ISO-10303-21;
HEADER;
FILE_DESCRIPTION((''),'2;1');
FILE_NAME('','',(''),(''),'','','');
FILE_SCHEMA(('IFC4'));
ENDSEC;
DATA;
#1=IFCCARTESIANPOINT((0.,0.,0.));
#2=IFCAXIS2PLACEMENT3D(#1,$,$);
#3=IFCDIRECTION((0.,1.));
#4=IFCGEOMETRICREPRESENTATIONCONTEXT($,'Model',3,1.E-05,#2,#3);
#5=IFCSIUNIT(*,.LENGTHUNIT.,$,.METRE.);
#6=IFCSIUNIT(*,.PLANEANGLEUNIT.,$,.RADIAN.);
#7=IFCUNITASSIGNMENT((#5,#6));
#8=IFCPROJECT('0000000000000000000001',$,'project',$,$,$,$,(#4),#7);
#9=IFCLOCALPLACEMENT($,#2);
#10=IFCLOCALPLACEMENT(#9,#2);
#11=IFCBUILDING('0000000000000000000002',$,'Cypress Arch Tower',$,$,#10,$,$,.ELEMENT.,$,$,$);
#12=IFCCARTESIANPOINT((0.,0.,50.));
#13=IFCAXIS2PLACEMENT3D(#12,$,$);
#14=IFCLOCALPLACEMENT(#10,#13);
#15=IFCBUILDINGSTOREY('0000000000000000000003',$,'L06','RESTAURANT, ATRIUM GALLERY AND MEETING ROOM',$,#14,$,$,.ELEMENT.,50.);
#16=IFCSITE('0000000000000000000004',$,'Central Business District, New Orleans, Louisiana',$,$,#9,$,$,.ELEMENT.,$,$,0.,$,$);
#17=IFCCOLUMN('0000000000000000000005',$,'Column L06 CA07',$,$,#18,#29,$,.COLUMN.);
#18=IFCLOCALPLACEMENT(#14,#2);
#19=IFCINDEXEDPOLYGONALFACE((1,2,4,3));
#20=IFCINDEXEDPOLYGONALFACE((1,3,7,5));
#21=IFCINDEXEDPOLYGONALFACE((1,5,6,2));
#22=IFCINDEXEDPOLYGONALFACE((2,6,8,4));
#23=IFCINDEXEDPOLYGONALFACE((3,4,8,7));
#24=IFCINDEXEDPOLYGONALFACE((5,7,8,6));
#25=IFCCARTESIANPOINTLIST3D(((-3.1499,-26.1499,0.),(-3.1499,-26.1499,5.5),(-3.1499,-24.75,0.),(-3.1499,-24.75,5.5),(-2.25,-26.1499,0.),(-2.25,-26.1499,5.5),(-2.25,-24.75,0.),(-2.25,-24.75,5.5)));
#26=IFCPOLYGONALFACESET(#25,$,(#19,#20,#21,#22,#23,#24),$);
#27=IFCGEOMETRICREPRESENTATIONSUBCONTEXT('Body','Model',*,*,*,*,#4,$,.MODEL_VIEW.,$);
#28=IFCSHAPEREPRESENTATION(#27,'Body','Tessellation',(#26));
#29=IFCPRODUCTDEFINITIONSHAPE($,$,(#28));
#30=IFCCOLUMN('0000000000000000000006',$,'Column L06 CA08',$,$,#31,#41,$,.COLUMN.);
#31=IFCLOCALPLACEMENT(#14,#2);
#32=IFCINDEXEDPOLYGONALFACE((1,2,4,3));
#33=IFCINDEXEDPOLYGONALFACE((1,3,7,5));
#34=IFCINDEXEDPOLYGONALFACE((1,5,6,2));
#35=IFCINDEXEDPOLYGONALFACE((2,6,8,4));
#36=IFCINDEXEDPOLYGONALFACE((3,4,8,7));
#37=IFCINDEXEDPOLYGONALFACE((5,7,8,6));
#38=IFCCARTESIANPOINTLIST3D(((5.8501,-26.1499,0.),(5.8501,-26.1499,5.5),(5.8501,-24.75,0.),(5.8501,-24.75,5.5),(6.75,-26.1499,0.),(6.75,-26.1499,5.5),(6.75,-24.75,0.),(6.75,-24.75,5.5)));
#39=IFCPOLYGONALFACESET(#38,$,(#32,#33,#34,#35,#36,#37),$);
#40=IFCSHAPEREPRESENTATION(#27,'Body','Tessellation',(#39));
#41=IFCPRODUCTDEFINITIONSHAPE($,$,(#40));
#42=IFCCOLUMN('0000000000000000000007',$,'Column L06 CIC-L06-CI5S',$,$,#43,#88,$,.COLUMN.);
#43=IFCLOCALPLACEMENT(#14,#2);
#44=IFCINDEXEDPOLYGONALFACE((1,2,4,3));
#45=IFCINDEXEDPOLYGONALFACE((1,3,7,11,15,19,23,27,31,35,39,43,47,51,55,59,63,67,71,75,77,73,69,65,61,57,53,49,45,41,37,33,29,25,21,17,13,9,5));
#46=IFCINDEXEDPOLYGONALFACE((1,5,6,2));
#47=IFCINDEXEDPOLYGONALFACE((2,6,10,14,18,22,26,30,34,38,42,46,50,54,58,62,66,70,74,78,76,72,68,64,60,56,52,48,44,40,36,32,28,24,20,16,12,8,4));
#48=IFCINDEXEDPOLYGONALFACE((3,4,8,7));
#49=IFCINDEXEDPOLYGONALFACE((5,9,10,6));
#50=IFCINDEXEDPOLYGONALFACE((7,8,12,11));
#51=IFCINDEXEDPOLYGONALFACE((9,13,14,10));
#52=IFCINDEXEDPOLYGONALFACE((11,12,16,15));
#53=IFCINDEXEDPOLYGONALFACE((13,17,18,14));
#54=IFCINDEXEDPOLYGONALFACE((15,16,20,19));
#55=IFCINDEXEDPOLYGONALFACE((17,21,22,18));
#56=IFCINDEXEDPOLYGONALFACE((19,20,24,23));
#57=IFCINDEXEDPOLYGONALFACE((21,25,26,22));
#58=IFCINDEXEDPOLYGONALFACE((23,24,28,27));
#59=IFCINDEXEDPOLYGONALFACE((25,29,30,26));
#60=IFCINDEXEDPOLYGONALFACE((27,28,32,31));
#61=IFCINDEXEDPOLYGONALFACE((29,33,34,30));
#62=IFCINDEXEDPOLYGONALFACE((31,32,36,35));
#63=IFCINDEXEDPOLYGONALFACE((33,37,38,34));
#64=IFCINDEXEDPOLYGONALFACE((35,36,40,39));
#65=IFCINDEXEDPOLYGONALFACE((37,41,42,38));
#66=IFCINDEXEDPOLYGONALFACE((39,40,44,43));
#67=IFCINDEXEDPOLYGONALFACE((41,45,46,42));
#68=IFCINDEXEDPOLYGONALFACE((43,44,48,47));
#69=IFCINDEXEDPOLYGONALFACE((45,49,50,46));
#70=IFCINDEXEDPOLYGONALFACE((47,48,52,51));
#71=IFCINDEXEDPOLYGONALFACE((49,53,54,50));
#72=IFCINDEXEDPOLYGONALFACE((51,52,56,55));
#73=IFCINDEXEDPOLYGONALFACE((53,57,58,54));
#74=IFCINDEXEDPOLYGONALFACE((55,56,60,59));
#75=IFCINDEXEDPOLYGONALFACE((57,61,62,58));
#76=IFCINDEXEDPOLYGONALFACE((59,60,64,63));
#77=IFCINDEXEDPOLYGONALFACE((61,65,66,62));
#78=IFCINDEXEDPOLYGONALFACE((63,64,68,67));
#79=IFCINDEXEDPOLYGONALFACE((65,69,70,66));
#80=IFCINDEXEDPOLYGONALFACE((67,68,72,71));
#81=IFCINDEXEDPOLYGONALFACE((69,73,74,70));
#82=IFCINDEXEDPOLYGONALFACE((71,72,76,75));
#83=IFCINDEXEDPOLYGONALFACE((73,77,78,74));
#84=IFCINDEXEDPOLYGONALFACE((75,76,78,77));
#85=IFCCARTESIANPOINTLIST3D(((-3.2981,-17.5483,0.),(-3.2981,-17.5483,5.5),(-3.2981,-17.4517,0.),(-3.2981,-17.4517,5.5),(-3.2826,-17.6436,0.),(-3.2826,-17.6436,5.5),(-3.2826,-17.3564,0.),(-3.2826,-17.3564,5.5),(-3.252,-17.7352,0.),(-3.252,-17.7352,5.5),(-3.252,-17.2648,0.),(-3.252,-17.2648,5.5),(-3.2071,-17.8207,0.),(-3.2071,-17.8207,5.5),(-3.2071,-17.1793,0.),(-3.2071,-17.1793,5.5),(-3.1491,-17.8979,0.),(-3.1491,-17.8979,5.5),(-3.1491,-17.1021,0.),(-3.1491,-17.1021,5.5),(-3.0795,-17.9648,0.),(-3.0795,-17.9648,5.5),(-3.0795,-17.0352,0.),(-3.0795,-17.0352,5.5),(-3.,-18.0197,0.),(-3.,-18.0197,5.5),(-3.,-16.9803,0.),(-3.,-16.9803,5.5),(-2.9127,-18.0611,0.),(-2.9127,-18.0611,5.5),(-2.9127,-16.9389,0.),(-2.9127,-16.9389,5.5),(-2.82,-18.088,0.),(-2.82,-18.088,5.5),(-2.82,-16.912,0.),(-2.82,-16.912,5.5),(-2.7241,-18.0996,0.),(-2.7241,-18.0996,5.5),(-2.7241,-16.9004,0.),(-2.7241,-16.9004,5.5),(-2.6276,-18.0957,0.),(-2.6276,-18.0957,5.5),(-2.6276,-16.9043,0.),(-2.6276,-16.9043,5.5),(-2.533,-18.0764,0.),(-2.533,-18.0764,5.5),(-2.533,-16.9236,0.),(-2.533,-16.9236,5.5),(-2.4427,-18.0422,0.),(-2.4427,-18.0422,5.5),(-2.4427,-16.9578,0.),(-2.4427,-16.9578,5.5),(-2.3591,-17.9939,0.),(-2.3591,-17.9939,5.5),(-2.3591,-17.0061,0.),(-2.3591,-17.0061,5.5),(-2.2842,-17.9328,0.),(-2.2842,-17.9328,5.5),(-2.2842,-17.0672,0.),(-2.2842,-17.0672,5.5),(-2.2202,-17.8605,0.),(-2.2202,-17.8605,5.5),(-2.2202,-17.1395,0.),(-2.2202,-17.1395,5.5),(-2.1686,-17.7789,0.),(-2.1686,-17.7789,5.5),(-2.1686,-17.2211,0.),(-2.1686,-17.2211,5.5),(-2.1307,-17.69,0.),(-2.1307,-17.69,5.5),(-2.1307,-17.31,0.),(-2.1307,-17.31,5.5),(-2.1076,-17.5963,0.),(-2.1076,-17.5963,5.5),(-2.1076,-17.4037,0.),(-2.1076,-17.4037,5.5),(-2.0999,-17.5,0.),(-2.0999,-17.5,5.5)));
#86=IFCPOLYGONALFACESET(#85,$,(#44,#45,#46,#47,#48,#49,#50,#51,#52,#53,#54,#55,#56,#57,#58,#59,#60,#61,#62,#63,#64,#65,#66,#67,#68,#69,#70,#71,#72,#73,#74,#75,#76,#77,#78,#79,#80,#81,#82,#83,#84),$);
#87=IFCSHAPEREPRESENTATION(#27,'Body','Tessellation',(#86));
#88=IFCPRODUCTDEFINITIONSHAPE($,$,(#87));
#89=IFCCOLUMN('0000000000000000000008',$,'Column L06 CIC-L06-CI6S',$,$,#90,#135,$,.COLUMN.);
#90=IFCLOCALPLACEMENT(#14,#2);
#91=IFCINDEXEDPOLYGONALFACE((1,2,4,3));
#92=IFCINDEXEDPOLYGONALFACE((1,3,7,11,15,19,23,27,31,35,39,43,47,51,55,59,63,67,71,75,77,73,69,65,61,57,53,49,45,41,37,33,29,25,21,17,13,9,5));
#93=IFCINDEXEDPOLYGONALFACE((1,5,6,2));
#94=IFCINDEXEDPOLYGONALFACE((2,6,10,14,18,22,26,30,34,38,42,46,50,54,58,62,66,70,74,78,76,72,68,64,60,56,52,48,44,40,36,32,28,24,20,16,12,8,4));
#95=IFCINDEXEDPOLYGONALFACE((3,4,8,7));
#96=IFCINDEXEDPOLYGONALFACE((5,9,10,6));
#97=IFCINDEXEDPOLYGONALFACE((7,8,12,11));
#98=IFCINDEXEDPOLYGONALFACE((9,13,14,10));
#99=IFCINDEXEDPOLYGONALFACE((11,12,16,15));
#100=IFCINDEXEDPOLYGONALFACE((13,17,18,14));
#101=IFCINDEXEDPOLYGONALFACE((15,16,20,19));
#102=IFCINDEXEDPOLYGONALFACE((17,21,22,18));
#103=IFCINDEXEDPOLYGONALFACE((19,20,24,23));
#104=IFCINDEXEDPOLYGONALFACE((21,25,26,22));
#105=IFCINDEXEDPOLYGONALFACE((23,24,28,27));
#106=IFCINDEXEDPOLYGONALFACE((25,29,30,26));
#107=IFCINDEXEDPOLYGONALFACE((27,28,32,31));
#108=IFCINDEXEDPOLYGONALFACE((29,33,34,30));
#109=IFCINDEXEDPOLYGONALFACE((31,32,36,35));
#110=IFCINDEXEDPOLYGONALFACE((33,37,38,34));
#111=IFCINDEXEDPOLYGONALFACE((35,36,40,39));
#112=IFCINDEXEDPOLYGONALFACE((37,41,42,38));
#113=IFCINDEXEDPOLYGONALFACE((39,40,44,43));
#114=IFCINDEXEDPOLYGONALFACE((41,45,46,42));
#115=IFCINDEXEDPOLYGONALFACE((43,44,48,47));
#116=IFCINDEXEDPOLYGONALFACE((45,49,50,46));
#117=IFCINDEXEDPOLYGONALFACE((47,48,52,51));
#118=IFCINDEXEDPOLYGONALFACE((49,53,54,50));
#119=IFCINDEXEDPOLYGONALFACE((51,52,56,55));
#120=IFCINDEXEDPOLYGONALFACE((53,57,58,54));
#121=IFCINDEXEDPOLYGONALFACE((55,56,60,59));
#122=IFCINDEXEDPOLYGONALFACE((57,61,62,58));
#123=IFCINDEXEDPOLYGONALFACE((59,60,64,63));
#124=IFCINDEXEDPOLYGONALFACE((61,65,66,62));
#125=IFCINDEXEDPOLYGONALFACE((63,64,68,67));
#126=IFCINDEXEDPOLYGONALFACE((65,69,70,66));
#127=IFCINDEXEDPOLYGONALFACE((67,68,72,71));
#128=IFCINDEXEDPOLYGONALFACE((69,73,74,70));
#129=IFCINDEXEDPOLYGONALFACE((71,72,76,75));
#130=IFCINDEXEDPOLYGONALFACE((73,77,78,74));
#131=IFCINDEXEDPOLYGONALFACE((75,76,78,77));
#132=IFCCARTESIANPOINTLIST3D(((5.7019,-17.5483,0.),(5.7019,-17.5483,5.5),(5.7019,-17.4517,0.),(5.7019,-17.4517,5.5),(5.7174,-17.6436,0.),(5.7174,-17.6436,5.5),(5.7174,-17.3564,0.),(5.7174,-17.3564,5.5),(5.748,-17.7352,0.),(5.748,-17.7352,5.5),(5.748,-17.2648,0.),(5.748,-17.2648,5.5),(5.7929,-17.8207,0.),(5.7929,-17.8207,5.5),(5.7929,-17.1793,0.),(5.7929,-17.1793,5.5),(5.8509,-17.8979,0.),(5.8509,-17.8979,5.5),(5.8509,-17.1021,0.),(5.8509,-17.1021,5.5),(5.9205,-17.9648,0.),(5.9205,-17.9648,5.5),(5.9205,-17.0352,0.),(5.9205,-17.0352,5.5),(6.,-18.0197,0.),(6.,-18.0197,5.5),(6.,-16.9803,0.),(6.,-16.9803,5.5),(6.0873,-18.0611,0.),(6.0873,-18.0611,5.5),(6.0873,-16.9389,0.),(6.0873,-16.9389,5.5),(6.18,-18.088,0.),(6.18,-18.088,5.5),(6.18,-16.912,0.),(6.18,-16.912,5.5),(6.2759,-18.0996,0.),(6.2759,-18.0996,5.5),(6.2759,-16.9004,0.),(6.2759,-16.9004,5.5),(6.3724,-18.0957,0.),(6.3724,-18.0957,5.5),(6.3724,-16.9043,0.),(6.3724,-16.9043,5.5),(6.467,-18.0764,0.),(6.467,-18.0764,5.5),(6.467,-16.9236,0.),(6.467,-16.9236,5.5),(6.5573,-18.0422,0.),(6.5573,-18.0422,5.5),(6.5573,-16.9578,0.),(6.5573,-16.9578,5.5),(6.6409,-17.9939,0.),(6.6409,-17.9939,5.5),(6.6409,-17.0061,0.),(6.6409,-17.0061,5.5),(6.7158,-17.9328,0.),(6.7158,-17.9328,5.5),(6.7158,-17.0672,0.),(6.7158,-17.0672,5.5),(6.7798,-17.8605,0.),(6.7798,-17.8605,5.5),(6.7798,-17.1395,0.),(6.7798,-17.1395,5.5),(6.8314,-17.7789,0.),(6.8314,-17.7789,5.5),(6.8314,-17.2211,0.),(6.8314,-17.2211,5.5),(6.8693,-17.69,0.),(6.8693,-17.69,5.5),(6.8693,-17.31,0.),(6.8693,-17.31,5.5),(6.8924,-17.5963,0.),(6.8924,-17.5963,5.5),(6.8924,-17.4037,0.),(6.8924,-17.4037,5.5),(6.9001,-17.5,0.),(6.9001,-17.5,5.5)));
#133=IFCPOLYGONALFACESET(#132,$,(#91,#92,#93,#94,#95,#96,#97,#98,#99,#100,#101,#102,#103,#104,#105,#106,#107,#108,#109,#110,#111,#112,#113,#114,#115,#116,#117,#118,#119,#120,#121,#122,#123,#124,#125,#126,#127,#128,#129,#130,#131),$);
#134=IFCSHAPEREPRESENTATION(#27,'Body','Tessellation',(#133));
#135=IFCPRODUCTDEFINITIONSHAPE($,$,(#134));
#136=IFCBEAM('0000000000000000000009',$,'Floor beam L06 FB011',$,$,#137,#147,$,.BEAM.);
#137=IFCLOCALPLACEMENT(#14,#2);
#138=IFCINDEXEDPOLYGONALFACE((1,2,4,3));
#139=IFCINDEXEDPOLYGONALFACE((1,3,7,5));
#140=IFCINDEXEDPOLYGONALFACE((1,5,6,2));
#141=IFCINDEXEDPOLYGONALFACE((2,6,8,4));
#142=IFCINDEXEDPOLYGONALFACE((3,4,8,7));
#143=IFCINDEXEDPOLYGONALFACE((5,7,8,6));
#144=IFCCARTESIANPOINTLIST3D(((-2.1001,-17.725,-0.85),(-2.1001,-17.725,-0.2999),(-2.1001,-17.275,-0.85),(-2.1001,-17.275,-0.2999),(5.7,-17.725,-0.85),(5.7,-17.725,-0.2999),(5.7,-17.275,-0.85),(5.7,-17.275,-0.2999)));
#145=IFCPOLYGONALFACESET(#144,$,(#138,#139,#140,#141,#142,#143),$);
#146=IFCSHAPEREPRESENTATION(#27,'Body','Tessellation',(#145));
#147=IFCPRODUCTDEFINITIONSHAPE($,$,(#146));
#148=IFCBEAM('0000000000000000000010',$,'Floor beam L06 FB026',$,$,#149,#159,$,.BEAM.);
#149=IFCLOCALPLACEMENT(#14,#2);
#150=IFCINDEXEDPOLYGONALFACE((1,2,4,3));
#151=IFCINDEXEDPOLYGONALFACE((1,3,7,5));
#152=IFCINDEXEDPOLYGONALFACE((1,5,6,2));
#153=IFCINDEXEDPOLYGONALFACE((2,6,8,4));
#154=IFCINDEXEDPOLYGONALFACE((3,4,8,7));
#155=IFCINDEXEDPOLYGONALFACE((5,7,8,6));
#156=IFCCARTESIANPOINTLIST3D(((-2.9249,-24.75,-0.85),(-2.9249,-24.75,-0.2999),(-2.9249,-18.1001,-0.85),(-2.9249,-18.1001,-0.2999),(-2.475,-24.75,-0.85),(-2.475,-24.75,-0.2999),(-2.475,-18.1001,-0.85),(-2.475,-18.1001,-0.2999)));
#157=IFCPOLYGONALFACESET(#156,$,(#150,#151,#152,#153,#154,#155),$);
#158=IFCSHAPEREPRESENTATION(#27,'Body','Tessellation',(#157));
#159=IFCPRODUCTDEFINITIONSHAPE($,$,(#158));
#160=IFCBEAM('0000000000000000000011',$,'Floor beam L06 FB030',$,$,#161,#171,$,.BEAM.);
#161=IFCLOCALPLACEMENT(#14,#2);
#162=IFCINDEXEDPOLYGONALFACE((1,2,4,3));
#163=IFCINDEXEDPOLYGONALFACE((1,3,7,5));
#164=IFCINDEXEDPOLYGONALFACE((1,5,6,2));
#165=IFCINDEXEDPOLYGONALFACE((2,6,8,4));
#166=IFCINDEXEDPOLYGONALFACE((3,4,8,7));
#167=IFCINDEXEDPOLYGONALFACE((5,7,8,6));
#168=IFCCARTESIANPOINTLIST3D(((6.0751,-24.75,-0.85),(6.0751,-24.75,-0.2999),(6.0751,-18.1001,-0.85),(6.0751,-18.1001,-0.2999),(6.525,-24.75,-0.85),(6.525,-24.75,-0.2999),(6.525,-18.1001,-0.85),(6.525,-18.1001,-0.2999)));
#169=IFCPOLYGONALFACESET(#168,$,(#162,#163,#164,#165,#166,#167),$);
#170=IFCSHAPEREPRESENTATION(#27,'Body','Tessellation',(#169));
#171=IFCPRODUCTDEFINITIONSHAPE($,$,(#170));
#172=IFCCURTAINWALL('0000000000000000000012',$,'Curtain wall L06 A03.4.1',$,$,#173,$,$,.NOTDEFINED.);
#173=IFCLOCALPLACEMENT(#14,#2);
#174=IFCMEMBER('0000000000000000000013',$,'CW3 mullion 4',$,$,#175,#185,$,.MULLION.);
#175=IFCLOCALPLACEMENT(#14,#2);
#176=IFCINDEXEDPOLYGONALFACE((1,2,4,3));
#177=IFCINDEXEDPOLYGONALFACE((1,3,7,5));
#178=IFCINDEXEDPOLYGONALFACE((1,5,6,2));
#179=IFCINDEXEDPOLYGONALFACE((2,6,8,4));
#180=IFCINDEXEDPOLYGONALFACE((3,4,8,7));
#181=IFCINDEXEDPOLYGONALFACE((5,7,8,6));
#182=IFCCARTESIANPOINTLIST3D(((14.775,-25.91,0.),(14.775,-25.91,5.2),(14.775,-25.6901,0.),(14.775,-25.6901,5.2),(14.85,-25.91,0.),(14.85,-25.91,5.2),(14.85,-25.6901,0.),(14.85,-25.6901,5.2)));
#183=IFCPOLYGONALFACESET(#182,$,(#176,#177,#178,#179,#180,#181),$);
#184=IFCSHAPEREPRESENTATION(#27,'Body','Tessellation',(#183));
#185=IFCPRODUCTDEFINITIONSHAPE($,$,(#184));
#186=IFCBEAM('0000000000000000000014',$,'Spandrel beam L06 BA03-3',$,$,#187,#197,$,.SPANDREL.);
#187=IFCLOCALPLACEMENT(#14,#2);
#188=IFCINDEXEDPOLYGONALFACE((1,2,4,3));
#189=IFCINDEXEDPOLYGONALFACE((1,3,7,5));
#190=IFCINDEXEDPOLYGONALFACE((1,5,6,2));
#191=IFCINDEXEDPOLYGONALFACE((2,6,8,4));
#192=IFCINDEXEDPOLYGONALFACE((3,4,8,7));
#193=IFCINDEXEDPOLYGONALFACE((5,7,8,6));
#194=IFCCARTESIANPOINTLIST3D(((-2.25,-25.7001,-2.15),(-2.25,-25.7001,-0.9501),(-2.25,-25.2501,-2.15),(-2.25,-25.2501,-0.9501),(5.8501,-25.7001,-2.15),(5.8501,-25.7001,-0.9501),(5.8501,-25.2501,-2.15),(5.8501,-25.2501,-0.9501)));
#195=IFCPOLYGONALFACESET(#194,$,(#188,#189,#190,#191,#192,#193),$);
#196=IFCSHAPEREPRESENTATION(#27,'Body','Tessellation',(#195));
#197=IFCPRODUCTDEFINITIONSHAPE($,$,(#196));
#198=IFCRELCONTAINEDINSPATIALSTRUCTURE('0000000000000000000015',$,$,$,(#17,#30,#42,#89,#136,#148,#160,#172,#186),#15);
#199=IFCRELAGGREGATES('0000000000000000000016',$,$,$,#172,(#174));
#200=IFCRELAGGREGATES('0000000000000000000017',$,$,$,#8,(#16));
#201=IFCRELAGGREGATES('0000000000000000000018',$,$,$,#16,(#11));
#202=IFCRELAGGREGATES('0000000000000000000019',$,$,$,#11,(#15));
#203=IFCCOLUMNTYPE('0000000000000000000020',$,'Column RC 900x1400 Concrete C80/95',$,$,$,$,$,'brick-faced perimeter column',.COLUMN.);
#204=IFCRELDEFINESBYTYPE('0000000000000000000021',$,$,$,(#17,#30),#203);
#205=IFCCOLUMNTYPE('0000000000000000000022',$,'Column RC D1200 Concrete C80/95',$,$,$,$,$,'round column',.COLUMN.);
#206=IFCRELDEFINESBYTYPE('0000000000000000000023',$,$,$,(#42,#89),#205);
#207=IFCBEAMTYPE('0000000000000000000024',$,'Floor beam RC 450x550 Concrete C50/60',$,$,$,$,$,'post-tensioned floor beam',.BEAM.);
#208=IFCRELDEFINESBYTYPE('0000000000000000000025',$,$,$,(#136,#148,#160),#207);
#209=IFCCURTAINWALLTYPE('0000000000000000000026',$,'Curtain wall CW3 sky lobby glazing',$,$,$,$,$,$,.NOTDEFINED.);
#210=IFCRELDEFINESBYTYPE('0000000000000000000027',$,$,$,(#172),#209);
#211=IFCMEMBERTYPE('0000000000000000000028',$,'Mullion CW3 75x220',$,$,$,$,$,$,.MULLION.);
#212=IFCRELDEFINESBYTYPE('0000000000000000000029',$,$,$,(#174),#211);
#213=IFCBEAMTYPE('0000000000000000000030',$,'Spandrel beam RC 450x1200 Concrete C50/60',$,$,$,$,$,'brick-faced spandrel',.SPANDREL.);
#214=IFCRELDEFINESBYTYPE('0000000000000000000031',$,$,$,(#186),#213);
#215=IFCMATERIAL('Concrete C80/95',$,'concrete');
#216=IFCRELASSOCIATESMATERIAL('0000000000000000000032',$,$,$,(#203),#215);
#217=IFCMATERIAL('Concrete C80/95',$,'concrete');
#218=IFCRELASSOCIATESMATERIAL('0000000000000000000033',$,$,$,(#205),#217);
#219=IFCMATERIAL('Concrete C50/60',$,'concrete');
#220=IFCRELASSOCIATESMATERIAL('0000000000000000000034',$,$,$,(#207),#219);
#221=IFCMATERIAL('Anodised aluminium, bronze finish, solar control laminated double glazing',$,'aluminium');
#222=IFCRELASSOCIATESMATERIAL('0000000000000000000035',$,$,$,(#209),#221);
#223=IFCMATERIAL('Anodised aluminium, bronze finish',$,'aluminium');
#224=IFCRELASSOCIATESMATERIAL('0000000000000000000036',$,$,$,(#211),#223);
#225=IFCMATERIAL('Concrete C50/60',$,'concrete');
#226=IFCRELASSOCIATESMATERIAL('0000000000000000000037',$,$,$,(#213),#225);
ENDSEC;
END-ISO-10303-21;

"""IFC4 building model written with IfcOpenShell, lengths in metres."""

from ifc_helpers import new_model, si_unit, direction, frame, origin, origin_2d, place, context, subcontext, project, spatial, rectangle, circle, extrude, material, material_profile, profile_set, type_object, element, aggregate, save


model = new_model("IFC4")

# Units and contexts
model_context = context("Model", 3, precision=1e-05, world=origin(), true_north=direction((0.0, 1.0)))
body_context = subcontext(model_context, "Body", "Model", "MODEL_VIEW")
ifc_project = project(units=[si_unit("LENGTHUNIT", "METRE"), si_unit("PLANEANGLEUNIT", "RADIAN")], contexts=[model_context])

# Site, building, storey
site_placement = place(None, origin())
site = spatial("IfcSite", under=ifc_project, at=site_placement, Name="Central Business District, New Orleans, Louisiana", CompositionType="ELEMENT", RefElevation=0.0)
building_placement = place(site_placement, origin())
building = spatial("IfcBuilding", under=site, at=building_placement, Name="Cypress Arch Tower", CompositionType="ELEMENT")
storey_placement = place(building_placement, frame((0.0, 0.0, 50.0)))
storey = spatial("IfcBuildingStorey", under=building, at=storey_placement, Name="L06", Description="RESTAURANT, ATRIUM GALLERY AND MEETING ROOM", CompositionType="ELEMENT", Elevation=50.0)

# Columns
ifc_material_1 = material(Name="Concrete C80/95", Category="concrete")
ifc_material_profile_1 = material_profile(ifc_material_1, rectangle(XDim=0.8999, YDim=1.3999, at=origin_2d()), Name="RC 900x1400")
ifc_profile_set_1 = profile_set([ifc_material_profile_1], Name="Concrete C80/95")
column_type_1 = type_object("IfcColumnType", Name="Column RC 900x1400 Concrete C80/95", ElementType="brick-faced perimeter column", PredefinedType="COLUMN", material=ifc_profile_set_1)
for number, where, z_axis, x_axis, name in (
    (1, (-2.7, -25.45, 0.0), (0.0, 0.0, 1.0), (1.0, 0.0, 0.0), "Column L06 CA07"),
    (2, (6.3, -25.45, 0.0), (0.0, 0.0, 1.0), (1.0, 0.0, 0.0), "Column L06 CA08"),
):
    element("IfcColumn", number, at=place(storey_placement, frame(where, z_axis=z_axis, x_axis=x_axis)), inside=storey, type_object=column_type_1, Name=name, PredefinedType="COLUMN", context=body_context, shape_type="SweptSolid", body=[
        extrude(rectangle(XDim=0.8999, YDim=1.3999, at=origin_2d()), origin(), (0.0, 0.0, 1.0), 5.5),
    ])
ifc_material_2 = material(Name="Concrete C80/95", Category="concrete")
ifc_material_profile_2 = material_profile(ifc_material_2, circle(Radius=0.6001, at=origin_2d()), Name="RC D1200")
ifc_profile_set_2 = profile_set([ifc_material_profile_2], Name="Concrete C80/95")
column_type_2 = type_object("IfcColumnType", Name="Column RC D1200 Concrete C80/95", ElementType="round column", PredefinedType="COLUMN", material=ifc_profile_set_2)
for number, where, z_axis, x_axis, name in (
    (3, (-2.7, -17.5, 0.0), (0.0, 0.0, 1.0), (1.0, 0.0, 0.0), "Column L06 CIC-L06-CI5S"),
    (4, (6.3, -17.5, 0.0), (0.0, 0.0, 1.0), (1.0, 0.0, 0.0), "Column L06 CIC-L06-CI6S"),
):
    element("IfcColumn", number, at=place(storey_placement, frame(where, z_axis=z_axis, x_axis=x_axis)), inside=storey, type_object=column_type_2, Name=name, PredefinedType="COLUMN", context=body_context, shape_type="SweptSolid", body=[
        extrude(circle(Radius=0.6001, at=origin_2d()), origin(), (0.0, 0.0, 1.0), 5.5),
    ])

# Beams
ifc_material_3 = material(Name="Concrete C50/60", Category="concrete")
ifc_material_profile_3 = material_profile(ifc_material_3, rectangle(XDim=0.45, YDim=0.55, at=origin_2d()), Name="RC 450x550")
ifc_profile_set_3 = profile_set([ifc_material_profile_3], Name="Concrete C50/60")
beam_type_1 = type_object("IfcBeamType", Name="Floor beam RC 450x550 Concrete C50/60", ElementType="post-tensioned floor beam", PredefinedType="BEAM", material=ifc_profile_set_3)
beam_placement = place(storey_placement, frame((-2.1001, -17.5, -0.575), z_axis=(1.0, 0.0, 0.0), x_axis=(0.0, 1.0, 0.0)))
element("IfcBeam", 5, at=beam_placement, inside=storey, type_object=beam_type_1, Name="Floor beam L06 FB011", PredefinedType="BEAM", context=body_context, shape_type="SweptSolid", body=[
    extrude(rectangle(XDim=0.45, YDim=0.55, at=origin_2d()), origin(), (0.0, 0.0, 1.0), 7.8),
])
for number, where, z_axis, x_axis, name in (
    (6, (-2.7, -24.75, -0.575), (0.0, 1.0, 0.0), (-1.0, 0.0, 0.0), "Floor beam L06 FB026"),
    (7, (6.3, -24.75, -0.575), (0.0, 1.0, 0.0), (-1.0, 0.0, 0.0), "Floor beam L06 FB030"),
):
    element("IfcBeam", number, at=place(storey_placement, frame(where, z_axis=z_axis, x_axis=x_axis)), inside=storey, type_object=beam_type_1, Name=name, PredefinedType="BEAM", context=body_context, shape_type="SweptSolid", body=[
        extrude(rectangle(XDim=0.45, YDim=0.55, at=origin_2d()), origin(), (0.0, 0.0, 1.0), 6.6499),
    ])

# Curtain wall, member
ifc_material_4 = material(Name="Anodised aluminium, bronze finish, solar control laminated double glazing", Category="aluminium")
curtain_wall_type = type_object("IfcCurtainWallType", Name="Curtain wall CW3 sky lobby glazing", PredefinedType="NOTDEFINED", material=ifc_material_4)
curtain_wall_placement = place(storey_placement, origin())
curtain_wall = element("IfcCurtainWall", 8, at=curtain_wall_placement, inside=storey, type_object=curtain_wall_type, Name="Curtain wall L06 A03.4.1", PredefinedType="NOTDEFINED")
ifc_material_5 = material(Name="Anodised aluminium, bronze finish", Category="aluminium")
ifc_material_profile_4 = material_profile(ifc_material_5, rectangle(XDim=0.22, YDim=0.075, at=origin_2d()), Name="Mullion 75x220")
ifc_profile_set_4 = profile_set([ifc_material_profile_4], Name="Anodised aluminium, bronze finish")
member_type_1 = type_object("IfcMemberType", Name="Mullion CW3 75x220", PredefinedType="MULLION", material=ifc_profile_set_4)
member_1_placement = place(storey_placement, frame((14.8125, -25.8, 0.0), z_axis=(0.0, 0.0, 1.0), x_axis=(0.0, 1.0, 0.0)))
member_1 = element("IfcMember", 9, at=member_1_placement, type_object=member_type_1, Name="CW3 mullion 4", PredefinedType="MULLION", context=body_context, shape_type="SweptSolid", body=[
    extrude(rectangle(XDim=0.22, YDim=0.075, at=origin_2d()), origin(), (0.0, 0.0, 1.0), 5.2),
])

# Beam
ifc_material_6 = material(Name="Concrete C50/60", Category="concrete")
ifc_material_profile_5 = material_profile(ifc_material_6, rectangle(XDim=0.45, YDim=1.2, at=origin_2d()), Name="RC 450x1200")
ifc_profile_set_5 = profile_set([ifc_material_profile_5], Name="Concrete C50/60")
beam_type_2 = type_object("IfcBeamType", Name="Spandrel beam RC 450x1200 Concrete C50/60", ElementType="brick-faced spandrel", PredefinedType="SPANDREL", material=ifc_profile_set_5)
for number, where, z_axis, x_axis, name in (
    (10, (-2.25, -25.4751, -1.55), (1.0, 0.0, 0.0), (0.0, 1.0, 0.0), "Spandrel beam L06 BA03-3"),
):
    element("IfcBeam", number, at=place(storey_placement, frame(where, z_axis=z_axis, x_axis=x_axis)), inside=storey, type_object=beam_type_2, Name=name, PredefinedType="SPANDREL", context=body_context, shape_type="SweptSolid", body=[
        extrude(rectangle(XDim=0.45, YDim=1.2, at=origin_2d()), origin(), (0.0, 0.0, 1.0), 8.1001),
    ])

aggregate(curtain_wall, [member_1])

save(model, "model.ifc")
